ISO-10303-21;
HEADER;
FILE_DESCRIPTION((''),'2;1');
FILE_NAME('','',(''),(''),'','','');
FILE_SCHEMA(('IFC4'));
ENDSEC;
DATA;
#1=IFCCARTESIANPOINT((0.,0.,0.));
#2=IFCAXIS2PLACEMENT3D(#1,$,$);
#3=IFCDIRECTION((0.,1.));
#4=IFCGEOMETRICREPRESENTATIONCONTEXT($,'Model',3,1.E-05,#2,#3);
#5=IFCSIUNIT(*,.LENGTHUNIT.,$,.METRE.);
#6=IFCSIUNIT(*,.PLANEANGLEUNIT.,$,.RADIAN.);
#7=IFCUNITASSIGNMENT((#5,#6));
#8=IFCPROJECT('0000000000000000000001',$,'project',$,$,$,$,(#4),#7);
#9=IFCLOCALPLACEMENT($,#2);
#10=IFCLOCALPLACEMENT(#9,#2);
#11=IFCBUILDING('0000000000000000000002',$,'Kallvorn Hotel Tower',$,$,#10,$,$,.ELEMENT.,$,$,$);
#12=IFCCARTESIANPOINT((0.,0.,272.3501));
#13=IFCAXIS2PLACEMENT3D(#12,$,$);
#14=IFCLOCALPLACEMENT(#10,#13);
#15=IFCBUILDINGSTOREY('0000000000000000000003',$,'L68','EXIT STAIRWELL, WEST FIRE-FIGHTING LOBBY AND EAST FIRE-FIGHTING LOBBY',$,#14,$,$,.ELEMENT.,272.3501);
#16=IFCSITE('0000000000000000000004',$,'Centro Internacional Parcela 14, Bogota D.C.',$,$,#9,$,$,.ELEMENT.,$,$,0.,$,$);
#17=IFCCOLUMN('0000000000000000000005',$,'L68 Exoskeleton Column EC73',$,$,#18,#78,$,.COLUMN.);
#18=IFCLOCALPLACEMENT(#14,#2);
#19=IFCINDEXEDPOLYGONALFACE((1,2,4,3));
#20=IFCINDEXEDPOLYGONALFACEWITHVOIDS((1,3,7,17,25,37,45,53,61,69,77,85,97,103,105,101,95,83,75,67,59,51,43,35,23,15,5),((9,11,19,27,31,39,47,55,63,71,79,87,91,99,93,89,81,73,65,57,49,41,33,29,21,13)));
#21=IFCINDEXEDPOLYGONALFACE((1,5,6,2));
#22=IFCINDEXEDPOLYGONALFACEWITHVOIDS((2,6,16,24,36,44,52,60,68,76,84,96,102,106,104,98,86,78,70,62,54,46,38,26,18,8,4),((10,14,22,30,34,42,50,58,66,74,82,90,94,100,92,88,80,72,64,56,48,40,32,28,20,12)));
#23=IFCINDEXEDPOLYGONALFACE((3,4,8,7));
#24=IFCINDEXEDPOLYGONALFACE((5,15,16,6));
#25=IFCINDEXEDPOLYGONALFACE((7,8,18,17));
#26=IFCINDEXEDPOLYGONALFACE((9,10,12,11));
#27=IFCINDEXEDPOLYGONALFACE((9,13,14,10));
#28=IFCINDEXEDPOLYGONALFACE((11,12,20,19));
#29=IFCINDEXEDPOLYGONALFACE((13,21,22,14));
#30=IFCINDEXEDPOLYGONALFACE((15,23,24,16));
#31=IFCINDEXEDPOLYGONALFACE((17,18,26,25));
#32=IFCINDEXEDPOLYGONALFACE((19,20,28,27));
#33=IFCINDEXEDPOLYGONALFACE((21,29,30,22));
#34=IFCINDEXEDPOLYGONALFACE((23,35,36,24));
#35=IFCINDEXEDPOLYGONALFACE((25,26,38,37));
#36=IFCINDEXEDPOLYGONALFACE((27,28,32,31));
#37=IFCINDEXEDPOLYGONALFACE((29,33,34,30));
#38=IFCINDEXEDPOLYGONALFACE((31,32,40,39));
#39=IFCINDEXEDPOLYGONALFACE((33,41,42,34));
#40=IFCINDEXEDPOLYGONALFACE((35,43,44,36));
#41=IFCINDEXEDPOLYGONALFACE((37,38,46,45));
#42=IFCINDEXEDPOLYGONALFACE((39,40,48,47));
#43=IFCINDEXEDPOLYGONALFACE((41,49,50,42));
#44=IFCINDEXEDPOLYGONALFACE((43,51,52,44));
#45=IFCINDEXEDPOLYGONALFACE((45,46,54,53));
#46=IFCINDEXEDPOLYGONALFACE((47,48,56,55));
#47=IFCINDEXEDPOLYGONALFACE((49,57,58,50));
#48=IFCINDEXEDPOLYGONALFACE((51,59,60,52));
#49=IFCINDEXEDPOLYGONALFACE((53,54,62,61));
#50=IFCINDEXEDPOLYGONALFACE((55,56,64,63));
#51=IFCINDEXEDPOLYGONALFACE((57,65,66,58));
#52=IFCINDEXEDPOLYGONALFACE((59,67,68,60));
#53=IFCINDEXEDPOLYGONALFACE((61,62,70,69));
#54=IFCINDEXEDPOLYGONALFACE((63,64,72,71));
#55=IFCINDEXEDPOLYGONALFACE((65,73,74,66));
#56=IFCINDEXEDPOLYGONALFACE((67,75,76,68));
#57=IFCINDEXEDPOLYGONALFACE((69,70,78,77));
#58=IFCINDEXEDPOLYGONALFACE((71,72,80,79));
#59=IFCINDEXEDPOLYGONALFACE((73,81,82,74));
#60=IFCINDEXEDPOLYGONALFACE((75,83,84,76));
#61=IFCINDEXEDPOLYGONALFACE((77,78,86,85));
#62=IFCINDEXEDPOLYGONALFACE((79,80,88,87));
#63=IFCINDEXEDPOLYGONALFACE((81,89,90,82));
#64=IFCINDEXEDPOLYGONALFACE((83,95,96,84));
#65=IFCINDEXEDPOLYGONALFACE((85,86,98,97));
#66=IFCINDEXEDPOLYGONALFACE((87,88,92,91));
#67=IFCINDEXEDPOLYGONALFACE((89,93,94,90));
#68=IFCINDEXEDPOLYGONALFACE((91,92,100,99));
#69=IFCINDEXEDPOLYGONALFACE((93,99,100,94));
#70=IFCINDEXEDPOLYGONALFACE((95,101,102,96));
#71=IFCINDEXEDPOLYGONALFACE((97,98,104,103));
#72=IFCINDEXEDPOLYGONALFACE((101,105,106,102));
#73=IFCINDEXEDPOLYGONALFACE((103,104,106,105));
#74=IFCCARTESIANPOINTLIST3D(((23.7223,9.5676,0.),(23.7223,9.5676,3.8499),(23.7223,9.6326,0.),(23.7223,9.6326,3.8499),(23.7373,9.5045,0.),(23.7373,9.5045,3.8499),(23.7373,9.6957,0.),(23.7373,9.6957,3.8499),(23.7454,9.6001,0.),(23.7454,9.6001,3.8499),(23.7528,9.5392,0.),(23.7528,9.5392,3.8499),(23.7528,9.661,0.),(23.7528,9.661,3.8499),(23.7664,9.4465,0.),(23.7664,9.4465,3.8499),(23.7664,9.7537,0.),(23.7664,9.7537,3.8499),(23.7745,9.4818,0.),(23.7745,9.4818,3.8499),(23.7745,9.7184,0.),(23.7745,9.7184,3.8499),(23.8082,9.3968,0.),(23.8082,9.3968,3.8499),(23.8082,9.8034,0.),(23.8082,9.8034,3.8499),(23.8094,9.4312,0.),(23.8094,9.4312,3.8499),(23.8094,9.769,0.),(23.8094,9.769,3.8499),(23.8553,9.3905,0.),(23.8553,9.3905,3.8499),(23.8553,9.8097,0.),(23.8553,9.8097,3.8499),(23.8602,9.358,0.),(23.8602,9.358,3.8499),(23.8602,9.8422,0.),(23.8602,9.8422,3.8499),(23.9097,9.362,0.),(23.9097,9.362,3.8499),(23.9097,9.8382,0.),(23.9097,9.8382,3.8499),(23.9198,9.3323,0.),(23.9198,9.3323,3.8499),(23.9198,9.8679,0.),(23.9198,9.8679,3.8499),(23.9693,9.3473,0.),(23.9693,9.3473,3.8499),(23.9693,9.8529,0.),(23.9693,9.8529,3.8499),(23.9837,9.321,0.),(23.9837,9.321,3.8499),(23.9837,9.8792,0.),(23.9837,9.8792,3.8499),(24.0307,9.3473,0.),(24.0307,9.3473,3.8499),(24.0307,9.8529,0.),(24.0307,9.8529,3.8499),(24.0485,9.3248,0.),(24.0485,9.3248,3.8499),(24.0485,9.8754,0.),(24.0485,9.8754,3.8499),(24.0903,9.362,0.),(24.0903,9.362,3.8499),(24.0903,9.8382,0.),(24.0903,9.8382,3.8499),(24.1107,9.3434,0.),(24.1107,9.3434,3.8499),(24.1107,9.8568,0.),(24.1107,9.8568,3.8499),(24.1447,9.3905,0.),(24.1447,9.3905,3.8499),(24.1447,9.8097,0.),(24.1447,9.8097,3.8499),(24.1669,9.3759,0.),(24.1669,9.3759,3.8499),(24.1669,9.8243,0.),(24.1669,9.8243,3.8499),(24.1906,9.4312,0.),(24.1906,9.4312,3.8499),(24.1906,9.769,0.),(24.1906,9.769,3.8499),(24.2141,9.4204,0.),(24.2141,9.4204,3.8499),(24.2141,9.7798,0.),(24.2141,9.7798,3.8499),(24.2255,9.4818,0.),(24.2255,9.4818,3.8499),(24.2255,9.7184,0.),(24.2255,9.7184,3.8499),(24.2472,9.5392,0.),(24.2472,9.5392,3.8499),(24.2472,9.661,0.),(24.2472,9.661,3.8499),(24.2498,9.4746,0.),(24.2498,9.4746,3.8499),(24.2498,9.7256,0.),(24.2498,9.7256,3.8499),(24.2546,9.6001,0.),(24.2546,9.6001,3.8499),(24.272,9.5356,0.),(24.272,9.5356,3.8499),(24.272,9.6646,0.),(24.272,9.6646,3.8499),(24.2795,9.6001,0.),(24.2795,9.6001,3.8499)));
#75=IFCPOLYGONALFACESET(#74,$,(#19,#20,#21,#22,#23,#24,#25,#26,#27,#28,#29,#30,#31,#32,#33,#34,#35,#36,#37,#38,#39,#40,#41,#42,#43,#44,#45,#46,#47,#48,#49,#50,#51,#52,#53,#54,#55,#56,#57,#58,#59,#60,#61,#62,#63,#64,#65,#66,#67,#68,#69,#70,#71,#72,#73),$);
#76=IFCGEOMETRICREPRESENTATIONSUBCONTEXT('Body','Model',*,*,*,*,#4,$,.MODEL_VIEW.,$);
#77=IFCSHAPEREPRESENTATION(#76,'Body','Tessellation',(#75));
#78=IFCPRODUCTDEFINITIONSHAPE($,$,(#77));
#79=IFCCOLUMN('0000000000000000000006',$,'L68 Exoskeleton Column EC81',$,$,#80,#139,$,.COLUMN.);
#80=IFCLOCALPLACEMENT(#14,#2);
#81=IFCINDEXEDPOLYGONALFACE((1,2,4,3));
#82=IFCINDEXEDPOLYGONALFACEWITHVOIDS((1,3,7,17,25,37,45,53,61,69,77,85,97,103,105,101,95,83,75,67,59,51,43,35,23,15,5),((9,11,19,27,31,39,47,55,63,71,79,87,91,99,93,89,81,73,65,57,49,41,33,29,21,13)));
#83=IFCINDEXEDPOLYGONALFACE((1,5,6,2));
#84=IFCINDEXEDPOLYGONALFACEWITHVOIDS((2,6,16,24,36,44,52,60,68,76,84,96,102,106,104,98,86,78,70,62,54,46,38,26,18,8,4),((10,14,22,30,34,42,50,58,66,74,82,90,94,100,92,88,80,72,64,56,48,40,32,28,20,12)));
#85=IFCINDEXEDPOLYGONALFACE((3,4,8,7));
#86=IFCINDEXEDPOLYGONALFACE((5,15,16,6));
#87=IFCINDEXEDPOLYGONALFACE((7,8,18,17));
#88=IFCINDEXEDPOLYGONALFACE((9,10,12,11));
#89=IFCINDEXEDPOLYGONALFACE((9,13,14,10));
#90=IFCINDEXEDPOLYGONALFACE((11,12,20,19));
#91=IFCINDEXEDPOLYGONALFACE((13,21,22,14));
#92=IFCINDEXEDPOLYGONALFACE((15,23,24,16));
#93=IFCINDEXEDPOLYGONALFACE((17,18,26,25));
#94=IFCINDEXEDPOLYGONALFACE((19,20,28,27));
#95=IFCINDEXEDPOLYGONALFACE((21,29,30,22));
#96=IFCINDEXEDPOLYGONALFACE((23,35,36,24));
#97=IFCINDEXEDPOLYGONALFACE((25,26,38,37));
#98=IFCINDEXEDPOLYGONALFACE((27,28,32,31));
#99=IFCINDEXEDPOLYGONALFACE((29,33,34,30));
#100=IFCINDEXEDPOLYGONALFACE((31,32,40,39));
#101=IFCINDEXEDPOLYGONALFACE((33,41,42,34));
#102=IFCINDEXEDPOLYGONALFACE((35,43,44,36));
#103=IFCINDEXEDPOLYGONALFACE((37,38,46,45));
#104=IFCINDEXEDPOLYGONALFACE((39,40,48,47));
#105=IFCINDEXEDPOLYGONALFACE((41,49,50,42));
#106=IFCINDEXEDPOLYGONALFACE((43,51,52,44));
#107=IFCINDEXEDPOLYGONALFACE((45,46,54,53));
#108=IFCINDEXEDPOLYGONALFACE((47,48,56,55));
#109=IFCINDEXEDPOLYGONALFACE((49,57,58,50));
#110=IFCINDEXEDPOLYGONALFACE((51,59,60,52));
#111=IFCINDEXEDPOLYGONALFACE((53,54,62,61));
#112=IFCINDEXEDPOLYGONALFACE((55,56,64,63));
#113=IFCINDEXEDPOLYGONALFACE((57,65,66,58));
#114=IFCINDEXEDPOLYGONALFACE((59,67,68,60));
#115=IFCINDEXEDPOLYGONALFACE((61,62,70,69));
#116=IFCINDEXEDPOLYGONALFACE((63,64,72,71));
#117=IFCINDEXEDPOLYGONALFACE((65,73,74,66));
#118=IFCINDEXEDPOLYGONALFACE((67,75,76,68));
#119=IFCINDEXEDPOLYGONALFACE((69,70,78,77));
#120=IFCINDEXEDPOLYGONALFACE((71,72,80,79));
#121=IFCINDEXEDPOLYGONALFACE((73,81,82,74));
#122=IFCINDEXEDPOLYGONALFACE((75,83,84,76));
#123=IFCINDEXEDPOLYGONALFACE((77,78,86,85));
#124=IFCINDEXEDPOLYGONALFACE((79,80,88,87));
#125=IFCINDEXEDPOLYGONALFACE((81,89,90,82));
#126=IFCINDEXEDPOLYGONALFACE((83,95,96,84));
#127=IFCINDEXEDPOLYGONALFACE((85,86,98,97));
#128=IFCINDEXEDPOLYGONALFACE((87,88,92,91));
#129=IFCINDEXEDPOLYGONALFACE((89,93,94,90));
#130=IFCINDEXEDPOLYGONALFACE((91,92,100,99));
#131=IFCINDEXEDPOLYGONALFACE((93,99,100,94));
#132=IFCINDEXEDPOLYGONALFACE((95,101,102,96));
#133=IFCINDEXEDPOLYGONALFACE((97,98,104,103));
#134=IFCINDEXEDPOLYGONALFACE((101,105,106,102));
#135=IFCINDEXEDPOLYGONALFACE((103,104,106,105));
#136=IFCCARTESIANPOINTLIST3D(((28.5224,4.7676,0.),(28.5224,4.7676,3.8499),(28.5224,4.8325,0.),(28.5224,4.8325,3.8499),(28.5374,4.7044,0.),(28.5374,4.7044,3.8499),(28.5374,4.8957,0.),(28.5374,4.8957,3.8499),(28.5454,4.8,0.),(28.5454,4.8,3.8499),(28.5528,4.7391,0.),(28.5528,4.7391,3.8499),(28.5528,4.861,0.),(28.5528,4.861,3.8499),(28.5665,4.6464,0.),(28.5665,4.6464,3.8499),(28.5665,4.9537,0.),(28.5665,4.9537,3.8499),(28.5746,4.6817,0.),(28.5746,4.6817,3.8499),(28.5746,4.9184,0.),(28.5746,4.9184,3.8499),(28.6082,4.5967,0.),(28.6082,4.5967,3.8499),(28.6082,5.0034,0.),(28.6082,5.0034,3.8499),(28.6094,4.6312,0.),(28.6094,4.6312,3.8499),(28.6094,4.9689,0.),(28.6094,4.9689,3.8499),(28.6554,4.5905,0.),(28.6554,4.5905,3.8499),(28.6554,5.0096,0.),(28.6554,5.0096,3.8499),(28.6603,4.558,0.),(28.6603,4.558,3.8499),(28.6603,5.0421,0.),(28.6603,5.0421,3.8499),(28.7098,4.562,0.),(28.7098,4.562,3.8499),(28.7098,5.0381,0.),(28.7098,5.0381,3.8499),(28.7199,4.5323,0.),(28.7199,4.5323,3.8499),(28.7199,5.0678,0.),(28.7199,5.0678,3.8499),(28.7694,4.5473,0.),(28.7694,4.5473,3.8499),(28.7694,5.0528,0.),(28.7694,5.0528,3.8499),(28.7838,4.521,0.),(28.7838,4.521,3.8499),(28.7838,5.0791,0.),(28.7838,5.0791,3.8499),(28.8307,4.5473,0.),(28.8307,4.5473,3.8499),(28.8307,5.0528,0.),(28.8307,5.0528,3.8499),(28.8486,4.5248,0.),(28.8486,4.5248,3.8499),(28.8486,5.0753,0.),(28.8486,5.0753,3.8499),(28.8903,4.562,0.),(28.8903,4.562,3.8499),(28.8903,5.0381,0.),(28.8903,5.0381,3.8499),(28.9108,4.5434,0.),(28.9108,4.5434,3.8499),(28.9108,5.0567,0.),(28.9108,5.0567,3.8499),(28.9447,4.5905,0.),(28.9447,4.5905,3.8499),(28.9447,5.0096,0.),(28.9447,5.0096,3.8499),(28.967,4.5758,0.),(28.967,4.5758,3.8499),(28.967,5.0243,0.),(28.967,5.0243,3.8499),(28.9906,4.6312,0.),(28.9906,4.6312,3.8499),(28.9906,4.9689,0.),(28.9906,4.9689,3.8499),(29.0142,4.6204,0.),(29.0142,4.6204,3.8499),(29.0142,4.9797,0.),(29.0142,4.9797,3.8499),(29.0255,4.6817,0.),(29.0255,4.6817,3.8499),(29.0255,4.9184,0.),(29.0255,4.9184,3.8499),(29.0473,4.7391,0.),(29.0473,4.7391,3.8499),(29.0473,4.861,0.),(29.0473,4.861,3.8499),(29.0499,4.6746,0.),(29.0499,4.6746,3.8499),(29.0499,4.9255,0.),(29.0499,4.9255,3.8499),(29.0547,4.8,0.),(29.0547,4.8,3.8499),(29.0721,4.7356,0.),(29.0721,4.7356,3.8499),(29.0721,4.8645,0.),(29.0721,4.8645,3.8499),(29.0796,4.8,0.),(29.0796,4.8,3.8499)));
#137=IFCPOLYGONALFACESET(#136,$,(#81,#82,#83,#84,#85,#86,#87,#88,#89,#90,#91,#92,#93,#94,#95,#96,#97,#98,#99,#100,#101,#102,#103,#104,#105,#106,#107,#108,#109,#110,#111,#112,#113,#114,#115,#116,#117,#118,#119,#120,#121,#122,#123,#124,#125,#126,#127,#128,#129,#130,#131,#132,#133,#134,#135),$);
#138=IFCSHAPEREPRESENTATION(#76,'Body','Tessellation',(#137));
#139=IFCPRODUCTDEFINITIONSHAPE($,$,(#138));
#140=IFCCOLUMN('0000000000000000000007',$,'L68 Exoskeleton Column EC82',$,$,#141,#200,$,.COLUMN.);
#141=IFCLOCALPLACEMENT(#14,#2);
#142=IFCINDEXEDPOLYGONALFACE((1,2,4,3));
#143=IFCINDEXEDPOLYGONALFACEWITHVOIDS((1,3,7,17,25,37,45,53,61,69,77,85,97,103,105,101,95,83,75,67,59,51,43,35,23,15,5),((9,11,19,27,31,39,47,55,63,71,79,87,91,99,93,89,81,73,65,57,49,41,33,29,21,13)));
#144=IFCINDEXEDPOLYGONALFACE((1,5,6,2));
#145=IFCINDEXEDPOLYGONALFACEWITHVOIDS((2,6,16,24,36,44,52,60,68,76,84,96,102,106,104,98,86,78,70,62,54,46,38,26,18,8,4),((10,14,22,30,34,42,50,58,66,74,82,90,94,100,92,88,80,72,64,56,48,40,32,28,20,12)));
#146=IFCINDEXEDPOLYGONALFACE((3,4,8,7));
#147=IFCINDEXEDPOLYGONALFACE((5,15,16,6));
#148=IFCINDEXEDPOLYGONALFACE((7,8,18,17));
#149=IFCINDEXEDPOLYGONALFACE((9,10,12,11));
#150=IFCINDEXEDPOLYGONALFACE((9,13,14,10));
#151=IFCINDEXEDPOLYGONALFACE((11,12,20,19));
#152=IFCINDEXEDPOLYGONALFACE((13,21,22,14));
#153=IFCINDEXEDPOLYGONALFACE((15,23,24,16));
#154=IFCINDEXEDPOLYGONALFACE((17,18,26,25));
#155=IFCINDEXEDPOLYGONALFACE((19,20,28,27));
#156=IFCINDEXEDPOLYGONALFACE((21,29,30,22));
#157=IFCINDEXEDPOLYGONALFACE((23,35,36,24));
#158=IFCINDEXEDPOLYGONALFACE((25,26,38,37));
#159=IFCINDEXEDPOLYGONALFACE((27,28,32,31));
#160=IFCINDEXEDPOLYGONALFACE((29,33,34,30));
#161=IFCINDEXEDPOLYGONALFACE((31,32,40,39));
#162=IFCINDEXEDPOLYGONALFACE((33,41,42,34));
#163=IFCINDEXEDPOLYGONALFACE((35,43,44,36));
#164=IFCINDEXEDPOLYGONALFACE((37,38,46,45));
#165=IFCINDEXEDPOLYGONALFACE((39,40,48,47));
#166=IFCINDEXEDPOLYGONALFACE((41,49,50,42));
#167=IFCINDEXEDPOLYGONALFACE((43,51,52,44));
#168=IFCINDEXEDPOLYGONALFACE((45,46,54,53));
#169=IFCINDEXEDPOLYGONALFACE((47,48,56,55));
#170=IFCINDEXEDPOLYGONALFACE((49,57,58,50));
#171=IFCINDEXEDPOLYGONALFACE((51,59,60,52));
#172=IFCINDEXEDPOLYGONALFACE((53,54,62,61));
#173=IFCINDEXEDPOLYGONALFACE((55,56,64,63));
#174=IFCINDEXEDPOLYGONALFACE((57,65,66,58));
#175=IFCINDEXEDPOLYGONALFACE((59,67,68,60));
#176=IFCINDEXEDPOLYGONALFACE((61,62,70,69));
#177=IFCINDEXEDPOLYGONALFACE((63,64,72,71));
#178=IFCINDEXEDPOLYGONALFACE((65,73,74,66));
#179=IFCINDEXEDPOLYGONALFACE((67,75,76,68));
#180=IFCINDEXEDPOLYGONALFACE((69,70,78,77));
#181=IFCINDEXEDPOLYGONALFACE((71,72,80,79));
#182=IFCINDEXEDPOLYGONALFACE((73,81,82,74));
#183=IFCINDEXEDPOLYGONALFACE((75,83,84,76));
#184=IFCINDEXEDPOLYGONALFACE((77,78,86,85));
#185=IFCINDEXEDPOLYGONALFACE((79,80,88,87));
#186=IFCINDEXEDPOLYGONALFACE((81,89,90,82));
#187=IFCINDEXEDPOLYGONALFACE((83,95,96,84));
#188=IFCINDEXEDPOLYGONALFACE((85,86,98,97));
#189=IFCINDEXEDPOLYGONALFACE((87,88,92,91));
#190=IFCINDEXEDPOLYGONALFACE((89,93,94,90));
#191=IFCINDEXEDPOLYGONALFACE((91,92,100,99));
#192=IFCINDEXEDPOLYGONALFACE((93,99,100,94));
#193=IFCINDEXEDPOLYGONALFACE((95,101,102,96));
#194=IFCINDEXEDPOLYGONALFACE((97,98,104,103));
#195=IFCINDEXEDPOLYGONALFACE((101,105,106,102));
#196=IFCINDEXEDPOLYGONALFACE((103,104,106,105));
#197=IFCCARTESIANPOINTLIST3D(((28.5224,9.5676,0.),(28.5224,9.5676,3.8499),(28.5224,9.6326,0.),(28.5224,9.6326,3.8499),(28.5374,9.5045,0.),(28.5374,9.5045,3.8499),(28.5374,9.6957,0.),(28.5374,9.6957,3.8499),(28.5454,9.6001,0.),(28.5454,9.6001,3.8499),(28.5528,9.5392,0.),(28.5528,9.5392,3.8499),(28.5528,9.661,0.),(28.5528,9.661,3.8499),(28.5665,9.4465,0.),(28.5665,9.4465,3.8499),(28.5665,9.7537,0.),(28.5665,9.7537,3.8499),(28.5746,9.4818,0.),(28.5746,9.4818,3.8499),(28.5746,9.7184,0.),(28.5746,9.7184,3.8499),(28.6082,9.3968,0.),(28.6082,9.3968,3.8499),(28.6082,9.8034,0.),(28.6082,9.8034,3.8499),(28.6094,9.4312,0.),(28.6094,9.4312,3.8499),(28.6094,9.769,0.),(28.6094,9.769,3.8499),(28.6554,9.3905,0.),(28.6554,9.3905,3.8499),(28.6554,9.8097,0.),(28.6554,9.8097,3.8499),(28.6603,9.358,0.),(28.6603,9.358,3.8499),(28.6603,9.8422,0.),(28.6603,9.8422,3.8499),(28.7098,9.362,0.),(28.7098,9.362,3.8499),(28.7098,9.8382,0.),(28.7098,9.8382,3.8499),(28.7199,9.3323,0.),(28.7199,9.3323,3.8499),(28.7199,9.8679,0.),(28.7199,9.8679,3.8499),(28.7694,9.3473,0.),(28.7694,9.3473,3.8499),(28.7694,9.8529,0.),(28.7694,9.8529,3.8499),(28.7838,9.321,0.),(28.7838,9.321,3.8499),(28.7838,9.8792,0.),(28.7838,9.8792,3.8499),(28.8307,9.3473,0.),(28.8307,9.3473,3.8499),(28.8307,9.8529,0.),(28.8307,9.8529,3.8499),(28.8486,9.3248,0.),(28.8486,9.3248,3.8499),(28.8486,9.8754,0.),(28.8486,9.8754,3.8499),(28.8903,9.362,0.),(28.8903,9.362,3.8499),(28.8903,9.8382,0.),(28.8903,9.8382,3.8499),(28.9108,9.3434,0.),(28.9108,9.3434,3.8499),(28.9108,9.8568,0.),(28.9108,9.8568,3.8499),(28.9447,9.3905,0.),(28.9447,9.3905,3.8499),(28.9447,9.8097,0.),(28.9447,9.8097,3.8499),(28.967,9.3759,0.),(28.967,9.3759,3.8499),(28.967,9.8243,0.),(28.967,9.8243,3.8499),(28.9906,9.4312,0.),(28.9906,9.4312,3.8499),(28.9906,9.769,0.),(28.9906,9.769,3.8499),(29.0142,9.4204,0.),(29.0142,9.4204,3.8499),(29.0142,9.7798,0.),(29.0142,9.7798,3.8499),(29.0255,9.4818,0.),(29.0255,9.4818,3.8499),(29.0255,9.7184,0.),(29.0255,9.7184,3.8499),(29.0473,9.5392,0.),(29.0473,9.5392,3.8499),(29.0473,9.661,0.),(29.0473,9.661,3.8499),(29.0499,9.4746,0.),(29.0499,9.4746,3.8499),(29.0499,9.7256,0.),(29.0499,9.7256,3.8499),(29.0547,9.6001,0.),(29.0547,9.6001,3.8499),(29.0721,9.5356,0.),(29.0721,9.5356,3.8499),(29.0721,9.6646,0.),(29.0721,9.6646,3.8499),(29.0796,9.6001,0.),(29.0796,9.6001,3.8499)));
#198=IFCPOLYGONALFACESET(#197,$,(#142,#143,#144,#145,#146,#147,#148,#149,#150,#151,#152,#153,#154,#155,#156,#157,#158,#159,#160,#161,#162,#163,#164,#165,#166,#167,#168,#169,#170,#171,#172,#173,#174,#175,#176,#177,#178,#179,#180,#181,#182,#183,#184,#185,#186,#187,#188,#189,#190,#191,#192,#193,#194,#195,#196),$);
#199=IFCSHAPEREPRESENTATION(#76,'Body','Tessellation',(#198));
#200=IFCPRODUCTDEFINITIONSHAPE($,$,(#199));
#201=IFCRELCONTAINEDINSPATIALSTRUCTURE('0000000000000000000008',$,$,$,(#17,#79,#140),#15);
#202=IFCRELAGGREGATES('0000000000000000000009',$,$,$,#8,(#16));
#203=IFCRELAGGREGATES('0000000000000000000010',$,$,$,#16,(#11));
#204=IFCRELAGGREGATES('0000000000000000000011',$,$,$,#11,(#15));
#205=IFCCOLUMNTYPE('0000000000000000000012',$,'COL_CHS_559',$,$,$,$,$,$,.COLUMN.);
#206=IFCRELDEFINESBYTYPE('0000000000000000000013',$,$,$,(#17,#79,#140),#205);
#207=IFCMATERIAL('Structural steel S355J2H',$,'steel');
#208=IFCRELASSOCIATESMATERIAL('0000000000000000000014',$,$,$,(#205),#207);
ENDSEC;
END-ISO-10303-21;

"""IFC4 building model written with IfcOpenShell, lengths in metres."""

from ifc_helpers import new_model, si_unit, direction, frame, origin, origin_2d, place, context, subcontext, project, spatial, hollow_circle, extrude, material, material_profile, profile_set, type_object, element, save


model = new_model("IFC4")

# Units and contexts
model_context = context("Model", 3, precision=1e-05, world=origin(), true_north=direction((0.0, 1.0)))
body_context = subcontext(model_context, "Body", "Model", "MODEL_VIEW")
ifc_project = project(units=[si_unit("LENGTHUNIT", "METRE"), si_unit("PLANEANGLEUNIT", "RADIAN")], contexts=[model_context])

# Site, building, storey
site_placement = place(None, origin())
site = spatial("IfcSite", under=ifc_project, at=site_placement, Name="Centro Internacional Parcela 14, Bogota D.C.", CompositionType="ELEMENT", RefElevation=0.0)
building_placement = place(site_placement, origin())
building = spatial("IfcBuilding", under=site, at=building_placement, Name="Kallvorn Hotel Tower", CompositionType="ELEMENT")
storey_placement = place(building_placement, frame((0.0, 0.0, 272.3501)))
storey = spatial("IfcBuildingStorey", under=building, at=storey_placement, Name="L68", Description="EXIT STAIRWELL, WEST FIRE-FIGHTING LOBBY AND EAST FIRE-FIGHTING LOBBY", CompositionType="ELEMENT", Elevation=272.3501)

# Columns
ifc_material_1 = material(Name="Structural steel S355J2H", Category="steel")
ifc_material_profile_1 = material_profile(ifc_material_1, hollow_circle(Radius=0.2795, WallThickness=0.0249, at=origin_2d()), Name="CHS 559x25")
ifc_profile_set_1 = profile_set([ifc_material_profile_1], Name="Structural steel S355J2H")
column_type_1 = type_object("IfcColumnType", Name="COL_CHS_559", PredefinedType="COLUMN", material=ifc_profile_set_1)
for number, where, z_axis, x_axis, name in (
    (1, (24.0, 9.6001, 0.0), (0.0, 0.0, 1.0), (1.0, 0.0, 0.0), "L68 Exoskeleton Column EC73"),
    (2, (28.8, 4.8, 0.0), (0.0, 0.0, 1.0), (1.0, 0.0, 0.0), "L68 Exoskeleton Column EC81"),
    (3, (28.8, 9.6001, 0.0), (0.0, 0.0, 1.0), (1.0, 0.0, 0.0), "L68 Exoskeleton Column EC82"),
):
    element("IfcColumn", number, at=place(storey_placement, frame(where, z_axis=z_axis, x_axis=x_axis)), inside=storey, type_object=column_type_1, Name=name, PredefinedType="COLUMN", context=body_context, shape_type="SweptSolid", body=[
        extrude(hollow_circle(Radius=0.2795, WallThickness=0.0249, at=origin_2d()), origin(), (0.0, 0.0, 1.0), 3.8499),
    ])

save(model, "model.ifc")
